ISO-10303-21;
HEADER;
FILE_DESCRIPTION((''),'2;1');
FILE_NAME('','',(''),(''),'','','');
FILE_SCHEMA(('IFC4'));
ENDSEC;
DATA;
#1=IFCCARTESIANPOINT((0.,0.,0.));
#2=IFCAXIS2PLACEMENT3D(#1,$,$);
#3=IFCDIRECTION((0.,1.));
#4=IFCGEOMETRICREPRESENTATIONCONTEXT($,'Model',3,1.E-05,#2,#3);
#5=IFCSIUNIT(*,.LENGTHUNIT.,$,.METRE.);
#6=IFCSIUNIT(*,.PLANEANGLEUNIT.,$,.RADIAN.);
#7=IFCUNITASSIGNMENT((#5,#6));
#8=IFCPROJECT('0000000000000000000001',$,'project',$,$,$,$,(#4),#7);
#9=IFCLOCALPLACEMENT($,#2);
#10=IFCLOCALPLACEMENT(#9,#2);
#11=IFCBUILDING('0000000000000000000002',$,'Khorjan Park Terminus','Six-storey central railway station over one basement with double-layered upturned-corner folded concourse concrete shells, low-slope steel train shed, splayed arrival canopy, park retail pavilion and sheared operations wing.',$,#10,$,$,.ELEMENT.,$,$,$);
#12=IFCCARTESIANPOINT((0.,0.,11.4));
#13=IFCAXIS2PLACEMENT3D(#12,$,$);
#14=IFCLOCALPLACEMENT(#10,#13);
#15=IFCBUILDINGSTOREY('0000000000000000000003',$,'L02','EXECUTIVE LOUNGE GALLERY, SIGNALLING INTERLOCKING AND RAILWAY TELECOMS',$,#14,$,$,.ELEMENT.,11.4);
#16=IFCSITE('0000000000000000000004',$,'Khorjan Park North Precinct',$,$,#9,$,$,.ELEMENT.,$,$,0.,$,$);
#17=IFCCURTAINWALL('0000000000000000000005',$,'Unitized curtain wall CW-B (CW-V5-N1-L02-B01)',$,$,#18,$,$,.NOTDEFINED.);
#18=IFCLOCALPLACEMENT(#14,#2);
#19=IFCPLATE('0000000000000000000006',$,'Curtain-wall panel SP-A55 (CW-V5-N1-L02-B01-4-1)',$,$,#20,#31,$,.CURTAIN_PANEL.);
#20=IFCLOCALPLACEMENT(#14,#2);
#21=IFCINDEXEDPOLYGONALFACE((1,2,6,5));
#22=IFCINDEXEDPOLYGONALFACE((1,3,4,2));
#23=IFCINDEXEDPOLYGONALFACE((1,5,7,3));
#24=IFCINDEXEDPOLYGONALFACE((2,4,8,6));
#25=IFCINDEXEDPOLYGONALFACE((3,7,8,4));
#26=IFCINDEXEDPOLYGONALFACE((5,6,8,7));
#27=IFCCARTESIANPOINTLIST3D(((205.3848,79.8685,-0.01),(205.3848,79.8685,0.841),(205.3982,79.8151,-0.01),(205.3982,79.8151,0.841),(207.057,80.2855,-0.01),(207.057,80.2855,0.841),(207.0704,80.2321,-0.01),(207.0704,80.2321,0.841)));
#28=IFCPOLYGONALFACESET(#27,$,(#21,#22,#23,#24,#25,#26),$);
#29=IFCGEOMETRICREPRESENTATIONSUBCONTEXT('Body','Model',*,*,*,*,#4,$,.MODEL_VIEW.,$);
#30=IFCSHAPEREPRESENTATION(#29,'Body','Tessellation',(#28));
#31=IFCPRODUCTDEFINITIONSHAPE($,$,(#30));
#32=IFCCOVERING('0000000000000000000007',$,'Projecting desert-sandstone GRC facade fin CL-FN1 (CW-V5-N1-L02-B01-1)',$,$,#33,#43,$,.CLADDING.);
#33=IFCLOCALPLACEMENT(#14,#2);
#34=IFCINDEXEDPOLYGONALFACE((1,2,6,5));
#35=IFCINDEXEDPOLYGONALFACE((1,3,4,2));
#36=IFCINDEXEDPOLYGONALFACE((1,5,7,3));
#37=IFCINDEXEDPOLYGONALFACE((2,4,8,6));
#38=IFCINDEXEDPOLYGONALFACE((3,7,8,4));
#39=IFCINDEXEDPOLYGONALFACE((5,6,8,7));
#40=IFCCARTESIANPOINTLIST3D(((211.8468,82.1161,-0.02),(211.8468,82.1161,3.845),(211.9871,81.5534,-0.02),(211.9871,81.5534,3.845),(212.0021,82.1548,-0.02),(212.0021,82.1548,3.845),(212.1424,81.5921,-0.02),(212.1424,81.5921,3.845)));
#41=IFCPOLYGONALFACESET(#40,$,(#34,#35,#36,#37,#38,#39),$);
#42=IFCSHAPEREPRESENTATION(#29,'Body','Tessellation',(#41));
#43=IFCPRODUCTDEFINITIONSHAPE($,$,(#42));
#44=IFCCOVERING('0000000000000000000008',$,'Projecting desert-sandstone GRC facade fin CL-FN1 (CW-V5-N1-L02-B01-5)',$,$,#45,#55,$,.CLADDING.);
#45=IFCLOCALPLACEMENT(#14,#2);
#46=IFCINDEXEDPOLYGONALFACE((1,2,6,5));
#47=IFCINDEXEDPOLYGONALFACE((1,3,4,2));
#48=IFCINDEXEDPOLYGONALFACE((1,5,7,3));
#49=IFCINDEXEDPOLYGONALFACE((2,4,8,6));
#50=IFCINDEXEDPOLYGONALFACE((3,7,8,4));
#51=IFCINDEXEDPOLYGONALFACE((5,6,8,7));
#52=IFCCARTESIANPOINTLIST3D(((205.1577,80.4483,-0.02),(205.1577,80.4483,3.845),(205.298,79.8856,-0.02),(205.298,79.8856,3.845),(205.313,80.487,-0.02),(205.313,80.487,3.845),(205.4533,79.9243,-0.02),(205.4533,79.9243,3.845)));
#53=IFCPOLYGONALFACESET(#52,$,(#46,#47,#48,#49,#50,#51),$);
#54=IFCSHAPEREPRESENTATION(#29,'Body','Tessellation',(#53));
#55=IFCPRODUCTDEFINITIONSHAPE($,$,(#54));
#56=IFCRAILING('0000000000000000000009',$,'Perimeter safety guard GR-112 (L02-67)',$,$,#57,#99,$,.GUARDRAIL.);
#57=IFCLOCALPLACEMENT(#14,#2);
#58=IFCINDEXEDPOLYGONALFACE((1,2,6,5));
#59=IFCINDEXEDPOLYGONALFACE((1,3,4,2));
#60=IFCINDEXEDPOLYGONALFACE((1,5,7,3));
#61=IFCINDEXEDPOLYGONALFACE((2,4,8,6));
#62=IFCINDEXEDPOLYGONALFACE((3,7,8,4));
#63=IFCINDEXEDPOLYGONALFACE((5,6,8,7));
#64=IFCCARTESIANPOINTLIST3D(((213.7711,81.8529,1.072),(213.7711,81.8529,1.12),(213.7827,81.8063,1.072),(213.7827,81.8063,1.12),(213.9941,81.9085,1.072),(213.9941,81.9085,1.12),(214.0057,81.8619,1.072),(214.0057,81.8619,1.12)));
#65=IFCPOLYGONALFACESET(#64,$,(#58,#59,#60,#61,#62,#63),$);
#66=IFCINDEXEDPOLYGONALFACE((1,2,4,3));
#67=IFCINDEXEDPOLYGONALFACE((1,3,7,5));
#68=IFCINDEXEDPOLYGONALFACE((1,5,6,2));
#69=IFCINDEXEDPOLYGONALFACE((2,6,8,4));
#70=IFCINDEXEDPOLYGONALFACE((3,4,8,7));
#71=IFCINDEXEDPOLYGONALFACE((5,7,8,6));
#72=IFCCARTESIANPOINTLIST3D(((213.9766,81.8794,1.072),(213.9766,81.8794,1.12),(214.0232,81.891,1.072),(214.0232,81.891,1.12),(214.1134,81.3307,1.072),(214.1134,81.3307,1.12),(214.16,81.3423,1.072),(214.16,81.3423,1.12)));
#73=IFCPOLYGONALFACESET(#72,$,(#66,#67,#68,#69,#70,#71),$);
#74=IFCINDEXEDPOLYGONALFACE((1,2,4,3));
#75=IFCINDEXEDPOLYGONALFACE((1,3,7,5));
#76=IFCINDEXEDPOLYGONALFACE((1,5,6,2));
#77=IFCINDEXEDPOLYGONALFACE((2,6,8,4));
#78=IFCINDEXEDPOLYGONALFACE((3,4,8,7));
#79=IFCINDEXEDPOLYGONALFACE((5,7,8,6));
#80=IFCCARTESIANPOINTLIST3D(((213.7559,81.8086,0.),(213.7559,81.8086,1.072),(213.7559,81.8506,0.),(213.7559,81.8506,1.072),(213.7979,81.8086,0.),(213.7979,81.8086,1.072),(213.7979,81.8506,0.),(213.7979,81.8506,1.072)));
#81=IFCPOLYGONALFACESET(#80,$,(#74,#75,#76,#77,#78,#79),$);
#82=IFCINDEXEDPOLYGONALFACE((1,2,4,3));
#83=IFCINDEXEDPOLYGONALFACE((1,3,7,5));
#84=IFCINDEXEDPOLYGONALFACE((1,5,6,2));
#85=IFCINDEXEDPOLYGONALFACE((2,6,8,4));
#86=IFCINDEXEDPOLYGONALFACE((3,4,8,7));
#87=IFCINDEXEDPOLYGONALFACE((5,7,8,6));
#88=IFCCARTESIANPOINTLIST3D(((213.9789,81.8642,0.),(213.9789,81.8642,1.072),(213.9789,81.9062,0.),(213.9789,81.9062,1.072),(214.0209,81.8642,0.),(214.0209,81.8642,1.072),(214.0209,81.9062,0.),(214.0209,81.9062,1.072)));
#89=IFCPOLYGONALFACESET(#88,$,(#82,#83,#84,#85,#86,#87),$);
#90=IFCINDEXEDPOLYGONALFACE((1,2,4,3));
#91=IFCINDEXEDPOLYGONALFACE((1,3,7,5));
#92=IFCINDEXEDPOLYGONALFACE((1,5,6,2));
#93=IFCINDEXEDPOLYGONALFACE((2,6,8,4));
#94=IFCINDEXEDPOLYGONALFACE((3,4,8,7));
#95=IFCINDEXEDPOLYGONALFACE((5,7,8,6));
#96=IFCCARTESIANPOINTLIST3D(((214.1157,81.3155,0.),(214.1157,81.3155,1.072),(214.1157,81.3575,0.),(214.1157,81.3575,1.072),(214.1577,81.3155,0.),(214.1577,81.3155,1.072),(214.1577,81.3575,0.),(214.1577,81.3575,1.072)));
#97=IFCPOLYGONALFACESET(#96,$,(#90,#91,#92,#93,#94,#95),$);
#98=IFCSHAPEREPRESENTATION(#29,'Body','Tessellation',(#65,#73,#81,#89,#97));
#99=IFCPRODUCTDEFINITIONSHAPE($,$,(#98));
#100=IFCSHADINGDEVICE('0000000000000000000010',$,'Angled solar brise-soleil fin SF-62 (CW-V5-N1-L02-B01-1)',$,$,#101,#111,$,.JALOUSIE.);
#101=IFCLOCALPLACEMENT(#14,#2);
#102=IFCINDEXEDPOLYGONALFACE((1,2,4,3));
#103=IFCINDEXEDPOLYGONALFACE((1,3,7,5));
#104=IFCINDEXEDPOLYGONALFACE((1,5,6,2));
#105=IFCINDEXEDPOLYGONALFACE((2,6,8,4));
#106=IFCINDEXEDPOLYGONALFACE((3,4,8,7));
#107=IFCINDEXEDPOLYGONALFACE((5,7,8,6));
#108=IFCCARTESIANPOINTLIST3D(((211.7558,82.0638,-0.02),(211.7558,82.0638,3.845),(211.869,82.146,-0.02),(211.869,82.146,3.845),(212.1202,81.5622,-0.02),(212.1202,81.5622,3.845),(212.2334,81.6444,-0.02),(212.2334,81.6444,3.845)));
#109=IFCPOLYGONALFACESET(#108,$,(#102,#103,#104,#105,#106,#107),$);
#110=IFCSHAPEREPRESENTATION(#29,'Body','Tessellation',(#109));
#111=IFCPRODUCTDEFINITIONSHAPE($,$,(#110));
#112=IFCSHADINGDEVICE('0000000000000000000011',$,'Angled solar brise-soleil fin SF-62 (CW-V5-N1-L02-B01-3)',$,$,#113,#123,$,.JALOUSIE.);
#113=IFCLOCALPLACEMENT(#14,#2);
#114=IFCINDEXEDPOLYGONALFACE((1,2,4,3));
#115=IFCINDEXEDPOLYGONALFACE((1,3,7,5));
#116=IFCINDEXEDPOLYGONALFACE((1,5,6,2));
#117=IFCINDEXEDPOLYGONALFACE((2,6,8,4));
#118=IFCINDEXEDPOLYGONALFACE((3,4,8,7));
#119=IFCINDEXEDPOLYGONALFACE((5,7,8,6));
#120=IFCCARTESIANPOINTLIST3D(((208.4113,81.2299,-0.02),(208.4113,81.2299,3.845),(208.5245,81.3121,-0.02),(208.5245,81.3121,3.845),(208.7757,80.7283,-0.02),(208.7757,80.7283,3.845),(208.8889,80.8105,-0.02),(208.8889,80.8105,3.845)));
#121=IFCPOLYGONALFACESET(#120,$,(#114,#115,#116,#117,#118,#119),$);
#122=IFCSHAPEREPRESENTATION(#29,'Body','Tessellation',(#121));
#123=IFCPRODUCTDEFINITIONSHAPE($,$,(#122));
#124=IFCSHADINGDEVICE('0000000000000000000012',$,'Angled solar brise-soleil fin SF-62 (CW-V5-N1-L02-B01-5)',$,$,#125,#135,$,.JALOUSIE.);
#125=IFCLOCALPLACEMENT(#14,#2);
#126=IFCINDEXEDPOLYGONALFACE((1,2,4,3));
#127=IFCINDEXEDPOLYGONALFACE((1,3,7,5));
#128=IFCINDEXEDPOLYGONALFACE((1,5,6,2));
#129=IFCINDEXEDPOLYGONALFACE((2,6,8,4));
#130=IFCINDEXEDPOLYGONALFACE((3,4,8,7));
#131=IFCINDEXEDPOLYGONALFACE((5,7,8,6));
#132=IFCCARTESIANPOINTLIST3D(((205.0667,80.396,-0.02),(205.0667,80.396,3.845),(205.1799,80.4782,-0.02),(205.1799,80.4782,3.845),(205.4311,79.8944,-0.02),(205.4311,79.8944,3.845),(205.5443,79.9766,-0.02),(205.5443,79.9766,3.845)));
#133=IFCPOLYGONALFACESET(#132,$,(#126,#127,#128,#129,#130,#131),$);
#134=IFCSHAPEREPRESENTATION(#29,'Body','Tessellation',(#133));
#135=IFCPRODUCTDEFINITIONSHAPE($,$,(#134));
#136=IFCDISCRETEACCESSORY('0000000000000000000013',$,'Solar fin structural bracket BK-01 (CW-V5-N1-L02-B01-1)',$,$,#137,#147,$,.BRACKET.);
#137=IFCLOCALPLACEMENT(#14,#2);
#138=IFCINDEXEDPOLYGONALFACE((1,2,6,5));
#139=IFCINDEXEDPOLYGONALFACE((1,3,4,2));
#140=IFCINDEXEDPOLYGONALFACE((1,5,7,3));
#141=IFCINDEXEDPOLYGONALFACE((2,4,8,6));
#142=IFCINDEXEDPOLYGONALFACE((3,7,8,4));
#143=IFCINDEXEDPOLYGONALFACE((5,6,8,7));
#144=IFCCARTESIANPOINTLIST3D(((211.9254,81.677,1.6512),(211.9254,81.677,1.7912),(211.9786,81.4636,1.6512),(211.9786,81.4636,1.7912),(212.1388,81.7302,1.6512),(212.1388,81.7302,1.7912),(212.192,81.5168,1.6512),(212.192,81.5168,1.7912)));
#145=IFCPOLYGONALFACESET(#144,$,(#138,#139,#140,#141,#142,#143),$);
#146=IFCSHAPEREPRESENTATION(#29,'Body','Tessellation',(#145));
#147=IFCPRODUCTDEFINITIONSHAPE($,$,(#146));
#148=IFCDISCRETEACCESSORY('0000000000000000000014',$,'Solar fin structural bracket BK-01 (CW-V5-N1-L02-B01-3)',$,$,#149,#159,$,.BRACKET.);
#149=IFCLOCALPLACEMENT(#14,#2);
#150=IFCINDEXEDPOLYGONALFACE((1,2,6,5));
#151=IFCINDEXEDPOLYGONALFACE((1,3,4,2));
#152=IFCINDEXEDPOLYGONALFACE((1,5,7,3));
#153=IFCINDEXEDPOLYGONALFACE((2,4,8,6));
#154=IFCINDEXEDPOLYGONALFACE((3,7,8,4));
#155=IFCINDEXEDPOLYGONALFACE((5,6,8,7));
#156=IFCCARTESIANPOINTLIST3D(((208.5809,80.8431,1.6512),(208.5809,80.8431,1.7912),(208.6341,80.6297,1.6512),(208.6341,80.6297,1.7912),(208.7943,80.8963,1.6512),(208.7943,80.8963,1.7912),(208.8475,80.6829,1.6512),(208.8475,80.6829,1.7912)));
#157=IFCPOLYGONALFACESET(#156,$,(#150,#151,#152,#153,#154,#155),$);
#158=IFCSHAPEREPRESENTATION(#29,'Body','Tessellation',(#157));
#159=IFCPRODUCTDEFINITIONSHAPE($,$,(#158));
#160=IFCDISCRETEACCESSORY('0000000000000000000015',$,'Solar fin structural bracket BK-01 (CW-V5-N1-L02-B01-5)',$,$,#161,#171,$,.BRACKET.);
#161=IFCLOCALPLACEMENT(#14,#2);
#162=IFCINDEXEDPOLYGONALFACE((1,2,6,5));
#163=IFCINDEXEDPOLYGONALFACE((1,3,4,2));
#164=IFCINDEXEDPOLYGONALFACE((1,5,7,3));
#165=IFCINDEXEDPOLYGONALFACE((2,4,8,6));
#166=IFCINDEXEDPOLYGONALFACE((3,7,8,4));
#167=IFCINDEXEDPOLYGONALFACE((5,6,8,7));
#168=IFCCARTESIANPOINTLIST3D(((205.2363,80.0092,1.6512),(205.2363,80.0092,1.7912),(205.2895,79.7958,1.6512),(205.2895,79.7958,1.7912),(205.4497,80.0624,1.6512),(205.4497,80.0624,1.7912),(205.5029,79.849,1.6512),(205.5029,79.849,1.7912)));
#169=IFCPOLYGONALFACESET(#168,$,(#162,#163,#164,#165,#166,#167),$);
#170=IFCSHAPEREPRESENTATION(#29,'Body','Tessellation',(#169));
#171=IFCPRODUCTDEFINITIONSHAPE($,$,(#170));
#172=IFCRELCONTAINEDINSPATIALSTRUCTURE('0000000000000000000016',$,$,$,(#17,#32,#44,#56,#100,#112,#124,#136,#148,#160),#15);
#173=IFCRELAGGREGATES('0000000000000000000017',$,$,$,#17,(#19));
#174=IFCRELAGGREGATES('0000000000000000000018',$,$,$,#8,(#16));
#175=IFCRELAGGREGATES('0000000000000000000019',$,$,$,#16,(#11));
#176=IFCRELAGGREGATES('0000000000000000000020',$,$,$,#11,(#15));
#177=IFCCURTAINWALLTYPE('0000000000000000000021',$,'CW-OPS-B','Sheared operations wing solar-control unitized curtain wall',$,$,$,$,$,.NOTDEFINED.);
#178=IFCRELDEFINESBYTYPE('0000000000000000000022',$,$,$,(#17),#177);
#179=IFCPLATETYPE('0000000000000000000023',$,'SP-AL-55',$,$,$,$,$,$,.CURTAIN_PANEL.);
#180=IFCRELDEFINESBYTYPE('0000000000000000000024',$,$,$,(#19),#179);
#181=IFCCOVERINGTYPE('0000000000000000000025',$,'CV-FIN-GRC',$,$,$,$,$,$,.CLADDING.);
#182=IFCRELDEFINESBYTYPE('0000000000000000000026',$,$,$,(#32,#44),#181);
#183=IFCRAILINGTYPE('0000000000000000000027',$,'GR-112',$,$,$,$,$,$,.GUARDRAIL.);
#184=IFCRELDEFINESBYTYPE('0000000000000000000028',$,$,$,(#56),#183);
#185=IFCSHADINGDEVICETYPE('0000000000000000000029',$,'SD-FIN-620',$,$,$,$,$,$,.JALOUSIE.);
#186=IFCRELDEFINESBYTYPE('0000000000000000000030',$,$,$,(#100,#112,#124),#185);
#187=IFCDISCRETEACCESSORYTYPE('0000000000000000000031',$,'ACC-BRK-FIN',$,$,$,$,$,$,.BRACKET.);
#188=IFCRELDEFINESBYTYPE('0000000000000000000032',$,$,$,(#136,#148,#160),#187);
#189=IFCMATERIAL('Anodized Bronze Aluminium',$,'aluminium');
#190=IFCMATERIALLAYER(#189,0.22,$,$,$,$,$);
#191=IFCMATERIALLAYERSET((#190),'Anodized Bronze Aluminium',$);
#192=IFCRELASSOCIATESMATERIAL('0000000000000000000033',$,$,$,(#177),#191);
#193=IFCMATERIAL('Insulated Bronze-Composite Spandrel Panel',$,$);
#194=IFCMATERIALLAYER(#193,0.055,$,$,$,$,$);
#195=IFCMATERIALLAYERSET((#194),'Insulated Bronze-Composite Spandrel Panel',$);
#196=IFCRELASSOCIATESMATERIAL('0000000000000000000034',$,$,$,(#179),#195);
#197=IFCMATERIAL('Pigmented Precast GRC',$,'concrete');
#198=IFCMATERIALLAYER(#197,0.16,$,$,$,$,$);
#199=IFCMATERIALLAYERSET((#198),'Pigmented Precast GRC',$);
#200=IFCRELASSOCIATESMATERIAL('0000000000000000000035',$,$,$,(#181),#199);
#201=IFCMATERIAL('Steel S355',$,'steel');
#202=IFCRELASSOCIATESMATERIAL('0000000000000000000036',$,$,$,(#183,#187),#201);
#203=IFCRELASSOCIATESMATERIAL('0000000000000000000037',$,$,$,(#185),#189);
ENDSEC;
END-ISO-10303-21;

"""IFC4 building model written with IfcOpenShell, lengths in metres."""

from ifc_helpers import new_model, si_unit, direction, frame, origin, origin_2d, place, context, subcontext, project, spatial, rectangle, extrude, material, layer, layer_set, type_object, element, aggregate, save


model = new_model("IFC4")

# Units and contexts
model_context = context("Model", 3, precision=1e-05, world=origin(), true_north=direction((0.0, 1.0)))
body_context = subcontext(model_context, "Body", "Model", "MODEL_VIEW")
ifc_project = project(units=[si_unit("LENGTHUNIT", "METRE"), si_unit("PLANEANGLEUNIT", "RADIAN")], contexts=[model_context])

# Site, building, storey
site_placement = place(None, origin())
site = spatial("IfcSite", under=ifc_project, at=site_placement, Name="Khorjan Park North Precinct", CompositionType="ELEMENT", RefElevation=0.0)
building_placement = place(site_placement, origin())
building = spatial("IfcBuilding", under=site, at=building_placement, Name="Khorjan Park Terminus", Description="Six-storey central railway station over one basement with double-layered upturned-corner folded concourse concrete shells, low-slope steel train shed, splayed arrival canopy, park retail pavilion and sheared operations wing.", CompositionType="ELEMENT")
storey_placement = place(building_placement, frame((0.0, 0.0, 11.4)))
storey = spatial("IfcBuildingStorey", under=building, at=storey_placement, Name="L02", Description="EXECUTIVE LOUNGE GALLERY, SIGNALLING INTERLOCKING AND RAILWAY TELECOMS", CompositionType="ELEMENT", Elevation=11.4)

# Curtain wall, plate
ifc_material_1 = material(Name="Anodized Bronze Aluminium", Category="aluminium")
ifc_layer_1 = layer(ifc_material_1, 0.22)
ifc_layer_set_1 = layer_set([ifc_layer_1], Name="Anodized Bronze Aluminium")
curtain_wall_type = type_object("IfcCurtainWallType", Name="CW-OPS-B", Description="Sheared operations wing solar-control unitized curtain wall", PredefinedType="NOTDEFINED", material=ifc_layer_set_1)
curtain_wall_placement = place(storey_placement, origin())
curtain_wall = element("IfcCurtainWall", 1, at=curtain_wall_placement, inside=storey, type_object=curtain_wall_type, Name="Unitized curtain wall CW-B (CW-V5-N1-L02-B01)", PredefinedType="NOTDEFINED")
ifc_material_2 = material(Name="Insulated Bronze-Composite Spandrel Panel")
ifc_layer_2 = layer(ifc_material_2, 0.055)
ifc_layer_set_2 = layer_set([ifc_layer_2], Name="Insulated Bronze-Composite Spandrel Panel")
plate_type_1 = type_object("IfcPlateType", Name="SP-AL-55", PredefinedType="CURTAIN_PANEL", material=ifc_layer_set_2)
plate_1_placement = place(storey_placement, frame((206.2276, 80.0503, -0.01), z_axis=(0.0, 0.0, 1.0), x_axis=(-0.970294, -0.241928, 0.0)))
plate_1 = element("IfcPlate", 2, at=plate_1_placement, type_object=plate_type_1, Name="Curtain-wall panel SP-A55 (CW-V5-N1-L02-B01-4-1)", PredefinedType="CURTAIN_PANEL", context=body_context, shape_type="SweptSolid", body=[
    extrude(rectangle(XDim=1.7234, YDim=0.055, at=origin_2d()), origin(), (0.0, 0.0, 1.0), 0.851),
])
aggregate(curtain_wall, [plate_1])

# Coverings
ifc_material_3 = material(Name="Pigmented Precast GRC", Category="concrete")
ifc_layer_3 = layer(ifc_material_3, 0.16)
ifc_layer_set_3 = layer_set([ifc_layer_3], Name="Pigmented Precast GRC")
covering_type = type_object("IfcCoveringType", Name="CV-FIN-GRC", PredefinedType="CLADDING", material=ifc_layer_set_3)
for number, where, z_axis, x_axis, name in (
    (3, (211.9946, 81.8541, -0.02), (0.0, 0.0, 1.0), (0.241922, -0.970296, 0.0), "Projecting desert-sandstone GRC facade fin CL-FN1 (CW-V5-N1-L02-B01-1)"),
    (4, (205.3055, 80.1863, -0.02), (0.0, 0.0, 1.0), (0.241922, -0.970296, 0.0), "Projecting desert-sandstone GRC facade fin CL-FN1 (CW-V5-N1-L02-B01-5)"),
):
    element("IfcCovering", number, at=place(storey_placement, frame(where, z_axis=z_axis, x_axis=x_axis)), inside=storey, type_object=covering_type, Name=name, PredefinedType="CLADDING", context=body_context, shape_type="SweptSolid", body=[
        extrude(rectangle(XDim=0.58, YDim=0.16, at=origin_2d()), origin(), (0.0, 0.0, 1.0), 3.865),
    ])

# Railing
ifc_material_4 = material(Name="Steel S355", Category="steel")
railing_type = type_object("IfcRailingType", Name="GR-112", PredefinedType="GUARDRAIL", material=ifc_material_4)
railing_placement = place(storey_placement, frame((213.7769, 81.8296, 0.0)))
element("IfcRailing", 5, at=railing_placement, inside=storey, type_object=railing_type, Name="Perimeter safety guard GR-112 (L02-67)", PredefinedType="GUARDRAIL", context=body_context, shape_type="SweptSolid", body=[
    extrude(rectangle(XDim=0.048, YDim=0.048, at=origin_2d()), frame((0.0, 0.0, 1.096), z_axis=(0.970296, 0.241921, 0.0), x_axis=(-0.241921, 0.970296, 0.0)), (0.0, 0.0, 1.0), 0.2298),
    extrude(rectangle(XDim=0.048, YDim=0.048, at=origin_2d()), frame((0.223, 0.0556, 1.096), z_axis=(0.241911, -0.970298, 0.0), x_axis=(0.970298, 0.241911, 0.0)), (0.0, 0.0, 1.0), 0.5655),
    extrude(rectangle(XDim=0.042, YDim=0.042, at=origin_2d()), origin(), (0.0, 0.0, 1.0), 1.072),
    extrude(rectangle(XDim=0.042, YDim=0.042, at=origin_2d()), frame((0.223, 0.0556, 0.0)), (0.0, 0.0, 1.0), 1.072),
    extrude(rectangle(XDim=0.042, YDim=0.042, at=origin_2d()), frame((0.3598, -0.4931, 0.0)), (0.0, 0.0, 1.0), 1.072),
])

# Shading devices
shading_device_type = type_object("IfcShadingDeviceType", Name="SD-FIN-620", PredefinedType="JALOUSIE", material=ifc_material_1)
for number, where, z_axis, x_axis, name in (
    (6, (211.9946, 81.8541, -0.02), (0.0, 0.0, 1.0), (0.587785, -0.809017, 0.0), "Angled solar brise-soleil fin SF-62 (CW-V5-N1-L02-B01-1)"),
    (7, (208.6501, 81.0202, -0.02), (0.0, 0.0, 1.0), (0.587785, -0.809017, 0.0), "Angled solar brise-soleil fin SF-62 (CW-V5-N1-L02-B01-3)"),
    (8, (205.3055, 80.1863, -0.02), (0.0, 0.0, 1.0), (0.587785, -0.809017, 0.0), "Angled solar brise-soleil fin SF-62 (CW-V5-N1-L02-B01-5)"),
):
    element("IfcShadingDevice", number, at=place(storey_placement, frame(where, z_axis=z_axis, x_axis=x_axis)), inside=storey, type_object=shading_device_type, Name=name, PredefinedType="JALOUSIE", context=body_context, shape_type="SweptSolid", body=[
        extrude(rectangle(XDim=0.62, YDim=0.14, at=origin_2d()), origin(), (0.0, 0.0, 1.0), 3.865),
    ])

# Discrete accessories
discrete_accessory_type = type_object("IfcDiscreteAccessoryType", Name="ACC-BRK-FIN", PredefinedType="BRACKET", material=ifc_material_4)
for number, where, z_axis, x_axis, name in (
    (9, (212.0587, 81.5969, 1.6512), (0.0, 0.0, 1.0), (-0.970294, -0.241928, 0.0), "Solar fin structural bracket BK-01 (CW-V5-N1-L02-B01-1)"),
    (10, (208.7142, 80.763, 1.6512), (0.0, 0.0, 1.0), (-0.970294, -0.241928, 0.0), "Solar fin structural bracket BK-01 (CW-V5-N1-L02-B01-3)"),
    (11, (205.3696, 79.9291, 1.6512), (0.0, 0.0, 1.0), (-0.970294, -0.241928, 0.0), "Solar fin structural bracket BK-01 (CW-V5-N1-L02-B01-5)"),
):
    element("IfcDiscreteAccessory", number, at=place(storey_placement, frame(where, z_axis=z_axis, x_axis=x_axis)), inside=storey, type_object=discrete_accessory_type, Name=name, PredefinedType="BRACKET", context=body_context, shape_type="SweptSolid", body=[
        extrude(rectangle(XDim=0.22, YDim=0.22, at=origin_2d()), origin(), (0.0, 0.0, 1.0), 0.14),
    ])

save(model, "model.ifc")
